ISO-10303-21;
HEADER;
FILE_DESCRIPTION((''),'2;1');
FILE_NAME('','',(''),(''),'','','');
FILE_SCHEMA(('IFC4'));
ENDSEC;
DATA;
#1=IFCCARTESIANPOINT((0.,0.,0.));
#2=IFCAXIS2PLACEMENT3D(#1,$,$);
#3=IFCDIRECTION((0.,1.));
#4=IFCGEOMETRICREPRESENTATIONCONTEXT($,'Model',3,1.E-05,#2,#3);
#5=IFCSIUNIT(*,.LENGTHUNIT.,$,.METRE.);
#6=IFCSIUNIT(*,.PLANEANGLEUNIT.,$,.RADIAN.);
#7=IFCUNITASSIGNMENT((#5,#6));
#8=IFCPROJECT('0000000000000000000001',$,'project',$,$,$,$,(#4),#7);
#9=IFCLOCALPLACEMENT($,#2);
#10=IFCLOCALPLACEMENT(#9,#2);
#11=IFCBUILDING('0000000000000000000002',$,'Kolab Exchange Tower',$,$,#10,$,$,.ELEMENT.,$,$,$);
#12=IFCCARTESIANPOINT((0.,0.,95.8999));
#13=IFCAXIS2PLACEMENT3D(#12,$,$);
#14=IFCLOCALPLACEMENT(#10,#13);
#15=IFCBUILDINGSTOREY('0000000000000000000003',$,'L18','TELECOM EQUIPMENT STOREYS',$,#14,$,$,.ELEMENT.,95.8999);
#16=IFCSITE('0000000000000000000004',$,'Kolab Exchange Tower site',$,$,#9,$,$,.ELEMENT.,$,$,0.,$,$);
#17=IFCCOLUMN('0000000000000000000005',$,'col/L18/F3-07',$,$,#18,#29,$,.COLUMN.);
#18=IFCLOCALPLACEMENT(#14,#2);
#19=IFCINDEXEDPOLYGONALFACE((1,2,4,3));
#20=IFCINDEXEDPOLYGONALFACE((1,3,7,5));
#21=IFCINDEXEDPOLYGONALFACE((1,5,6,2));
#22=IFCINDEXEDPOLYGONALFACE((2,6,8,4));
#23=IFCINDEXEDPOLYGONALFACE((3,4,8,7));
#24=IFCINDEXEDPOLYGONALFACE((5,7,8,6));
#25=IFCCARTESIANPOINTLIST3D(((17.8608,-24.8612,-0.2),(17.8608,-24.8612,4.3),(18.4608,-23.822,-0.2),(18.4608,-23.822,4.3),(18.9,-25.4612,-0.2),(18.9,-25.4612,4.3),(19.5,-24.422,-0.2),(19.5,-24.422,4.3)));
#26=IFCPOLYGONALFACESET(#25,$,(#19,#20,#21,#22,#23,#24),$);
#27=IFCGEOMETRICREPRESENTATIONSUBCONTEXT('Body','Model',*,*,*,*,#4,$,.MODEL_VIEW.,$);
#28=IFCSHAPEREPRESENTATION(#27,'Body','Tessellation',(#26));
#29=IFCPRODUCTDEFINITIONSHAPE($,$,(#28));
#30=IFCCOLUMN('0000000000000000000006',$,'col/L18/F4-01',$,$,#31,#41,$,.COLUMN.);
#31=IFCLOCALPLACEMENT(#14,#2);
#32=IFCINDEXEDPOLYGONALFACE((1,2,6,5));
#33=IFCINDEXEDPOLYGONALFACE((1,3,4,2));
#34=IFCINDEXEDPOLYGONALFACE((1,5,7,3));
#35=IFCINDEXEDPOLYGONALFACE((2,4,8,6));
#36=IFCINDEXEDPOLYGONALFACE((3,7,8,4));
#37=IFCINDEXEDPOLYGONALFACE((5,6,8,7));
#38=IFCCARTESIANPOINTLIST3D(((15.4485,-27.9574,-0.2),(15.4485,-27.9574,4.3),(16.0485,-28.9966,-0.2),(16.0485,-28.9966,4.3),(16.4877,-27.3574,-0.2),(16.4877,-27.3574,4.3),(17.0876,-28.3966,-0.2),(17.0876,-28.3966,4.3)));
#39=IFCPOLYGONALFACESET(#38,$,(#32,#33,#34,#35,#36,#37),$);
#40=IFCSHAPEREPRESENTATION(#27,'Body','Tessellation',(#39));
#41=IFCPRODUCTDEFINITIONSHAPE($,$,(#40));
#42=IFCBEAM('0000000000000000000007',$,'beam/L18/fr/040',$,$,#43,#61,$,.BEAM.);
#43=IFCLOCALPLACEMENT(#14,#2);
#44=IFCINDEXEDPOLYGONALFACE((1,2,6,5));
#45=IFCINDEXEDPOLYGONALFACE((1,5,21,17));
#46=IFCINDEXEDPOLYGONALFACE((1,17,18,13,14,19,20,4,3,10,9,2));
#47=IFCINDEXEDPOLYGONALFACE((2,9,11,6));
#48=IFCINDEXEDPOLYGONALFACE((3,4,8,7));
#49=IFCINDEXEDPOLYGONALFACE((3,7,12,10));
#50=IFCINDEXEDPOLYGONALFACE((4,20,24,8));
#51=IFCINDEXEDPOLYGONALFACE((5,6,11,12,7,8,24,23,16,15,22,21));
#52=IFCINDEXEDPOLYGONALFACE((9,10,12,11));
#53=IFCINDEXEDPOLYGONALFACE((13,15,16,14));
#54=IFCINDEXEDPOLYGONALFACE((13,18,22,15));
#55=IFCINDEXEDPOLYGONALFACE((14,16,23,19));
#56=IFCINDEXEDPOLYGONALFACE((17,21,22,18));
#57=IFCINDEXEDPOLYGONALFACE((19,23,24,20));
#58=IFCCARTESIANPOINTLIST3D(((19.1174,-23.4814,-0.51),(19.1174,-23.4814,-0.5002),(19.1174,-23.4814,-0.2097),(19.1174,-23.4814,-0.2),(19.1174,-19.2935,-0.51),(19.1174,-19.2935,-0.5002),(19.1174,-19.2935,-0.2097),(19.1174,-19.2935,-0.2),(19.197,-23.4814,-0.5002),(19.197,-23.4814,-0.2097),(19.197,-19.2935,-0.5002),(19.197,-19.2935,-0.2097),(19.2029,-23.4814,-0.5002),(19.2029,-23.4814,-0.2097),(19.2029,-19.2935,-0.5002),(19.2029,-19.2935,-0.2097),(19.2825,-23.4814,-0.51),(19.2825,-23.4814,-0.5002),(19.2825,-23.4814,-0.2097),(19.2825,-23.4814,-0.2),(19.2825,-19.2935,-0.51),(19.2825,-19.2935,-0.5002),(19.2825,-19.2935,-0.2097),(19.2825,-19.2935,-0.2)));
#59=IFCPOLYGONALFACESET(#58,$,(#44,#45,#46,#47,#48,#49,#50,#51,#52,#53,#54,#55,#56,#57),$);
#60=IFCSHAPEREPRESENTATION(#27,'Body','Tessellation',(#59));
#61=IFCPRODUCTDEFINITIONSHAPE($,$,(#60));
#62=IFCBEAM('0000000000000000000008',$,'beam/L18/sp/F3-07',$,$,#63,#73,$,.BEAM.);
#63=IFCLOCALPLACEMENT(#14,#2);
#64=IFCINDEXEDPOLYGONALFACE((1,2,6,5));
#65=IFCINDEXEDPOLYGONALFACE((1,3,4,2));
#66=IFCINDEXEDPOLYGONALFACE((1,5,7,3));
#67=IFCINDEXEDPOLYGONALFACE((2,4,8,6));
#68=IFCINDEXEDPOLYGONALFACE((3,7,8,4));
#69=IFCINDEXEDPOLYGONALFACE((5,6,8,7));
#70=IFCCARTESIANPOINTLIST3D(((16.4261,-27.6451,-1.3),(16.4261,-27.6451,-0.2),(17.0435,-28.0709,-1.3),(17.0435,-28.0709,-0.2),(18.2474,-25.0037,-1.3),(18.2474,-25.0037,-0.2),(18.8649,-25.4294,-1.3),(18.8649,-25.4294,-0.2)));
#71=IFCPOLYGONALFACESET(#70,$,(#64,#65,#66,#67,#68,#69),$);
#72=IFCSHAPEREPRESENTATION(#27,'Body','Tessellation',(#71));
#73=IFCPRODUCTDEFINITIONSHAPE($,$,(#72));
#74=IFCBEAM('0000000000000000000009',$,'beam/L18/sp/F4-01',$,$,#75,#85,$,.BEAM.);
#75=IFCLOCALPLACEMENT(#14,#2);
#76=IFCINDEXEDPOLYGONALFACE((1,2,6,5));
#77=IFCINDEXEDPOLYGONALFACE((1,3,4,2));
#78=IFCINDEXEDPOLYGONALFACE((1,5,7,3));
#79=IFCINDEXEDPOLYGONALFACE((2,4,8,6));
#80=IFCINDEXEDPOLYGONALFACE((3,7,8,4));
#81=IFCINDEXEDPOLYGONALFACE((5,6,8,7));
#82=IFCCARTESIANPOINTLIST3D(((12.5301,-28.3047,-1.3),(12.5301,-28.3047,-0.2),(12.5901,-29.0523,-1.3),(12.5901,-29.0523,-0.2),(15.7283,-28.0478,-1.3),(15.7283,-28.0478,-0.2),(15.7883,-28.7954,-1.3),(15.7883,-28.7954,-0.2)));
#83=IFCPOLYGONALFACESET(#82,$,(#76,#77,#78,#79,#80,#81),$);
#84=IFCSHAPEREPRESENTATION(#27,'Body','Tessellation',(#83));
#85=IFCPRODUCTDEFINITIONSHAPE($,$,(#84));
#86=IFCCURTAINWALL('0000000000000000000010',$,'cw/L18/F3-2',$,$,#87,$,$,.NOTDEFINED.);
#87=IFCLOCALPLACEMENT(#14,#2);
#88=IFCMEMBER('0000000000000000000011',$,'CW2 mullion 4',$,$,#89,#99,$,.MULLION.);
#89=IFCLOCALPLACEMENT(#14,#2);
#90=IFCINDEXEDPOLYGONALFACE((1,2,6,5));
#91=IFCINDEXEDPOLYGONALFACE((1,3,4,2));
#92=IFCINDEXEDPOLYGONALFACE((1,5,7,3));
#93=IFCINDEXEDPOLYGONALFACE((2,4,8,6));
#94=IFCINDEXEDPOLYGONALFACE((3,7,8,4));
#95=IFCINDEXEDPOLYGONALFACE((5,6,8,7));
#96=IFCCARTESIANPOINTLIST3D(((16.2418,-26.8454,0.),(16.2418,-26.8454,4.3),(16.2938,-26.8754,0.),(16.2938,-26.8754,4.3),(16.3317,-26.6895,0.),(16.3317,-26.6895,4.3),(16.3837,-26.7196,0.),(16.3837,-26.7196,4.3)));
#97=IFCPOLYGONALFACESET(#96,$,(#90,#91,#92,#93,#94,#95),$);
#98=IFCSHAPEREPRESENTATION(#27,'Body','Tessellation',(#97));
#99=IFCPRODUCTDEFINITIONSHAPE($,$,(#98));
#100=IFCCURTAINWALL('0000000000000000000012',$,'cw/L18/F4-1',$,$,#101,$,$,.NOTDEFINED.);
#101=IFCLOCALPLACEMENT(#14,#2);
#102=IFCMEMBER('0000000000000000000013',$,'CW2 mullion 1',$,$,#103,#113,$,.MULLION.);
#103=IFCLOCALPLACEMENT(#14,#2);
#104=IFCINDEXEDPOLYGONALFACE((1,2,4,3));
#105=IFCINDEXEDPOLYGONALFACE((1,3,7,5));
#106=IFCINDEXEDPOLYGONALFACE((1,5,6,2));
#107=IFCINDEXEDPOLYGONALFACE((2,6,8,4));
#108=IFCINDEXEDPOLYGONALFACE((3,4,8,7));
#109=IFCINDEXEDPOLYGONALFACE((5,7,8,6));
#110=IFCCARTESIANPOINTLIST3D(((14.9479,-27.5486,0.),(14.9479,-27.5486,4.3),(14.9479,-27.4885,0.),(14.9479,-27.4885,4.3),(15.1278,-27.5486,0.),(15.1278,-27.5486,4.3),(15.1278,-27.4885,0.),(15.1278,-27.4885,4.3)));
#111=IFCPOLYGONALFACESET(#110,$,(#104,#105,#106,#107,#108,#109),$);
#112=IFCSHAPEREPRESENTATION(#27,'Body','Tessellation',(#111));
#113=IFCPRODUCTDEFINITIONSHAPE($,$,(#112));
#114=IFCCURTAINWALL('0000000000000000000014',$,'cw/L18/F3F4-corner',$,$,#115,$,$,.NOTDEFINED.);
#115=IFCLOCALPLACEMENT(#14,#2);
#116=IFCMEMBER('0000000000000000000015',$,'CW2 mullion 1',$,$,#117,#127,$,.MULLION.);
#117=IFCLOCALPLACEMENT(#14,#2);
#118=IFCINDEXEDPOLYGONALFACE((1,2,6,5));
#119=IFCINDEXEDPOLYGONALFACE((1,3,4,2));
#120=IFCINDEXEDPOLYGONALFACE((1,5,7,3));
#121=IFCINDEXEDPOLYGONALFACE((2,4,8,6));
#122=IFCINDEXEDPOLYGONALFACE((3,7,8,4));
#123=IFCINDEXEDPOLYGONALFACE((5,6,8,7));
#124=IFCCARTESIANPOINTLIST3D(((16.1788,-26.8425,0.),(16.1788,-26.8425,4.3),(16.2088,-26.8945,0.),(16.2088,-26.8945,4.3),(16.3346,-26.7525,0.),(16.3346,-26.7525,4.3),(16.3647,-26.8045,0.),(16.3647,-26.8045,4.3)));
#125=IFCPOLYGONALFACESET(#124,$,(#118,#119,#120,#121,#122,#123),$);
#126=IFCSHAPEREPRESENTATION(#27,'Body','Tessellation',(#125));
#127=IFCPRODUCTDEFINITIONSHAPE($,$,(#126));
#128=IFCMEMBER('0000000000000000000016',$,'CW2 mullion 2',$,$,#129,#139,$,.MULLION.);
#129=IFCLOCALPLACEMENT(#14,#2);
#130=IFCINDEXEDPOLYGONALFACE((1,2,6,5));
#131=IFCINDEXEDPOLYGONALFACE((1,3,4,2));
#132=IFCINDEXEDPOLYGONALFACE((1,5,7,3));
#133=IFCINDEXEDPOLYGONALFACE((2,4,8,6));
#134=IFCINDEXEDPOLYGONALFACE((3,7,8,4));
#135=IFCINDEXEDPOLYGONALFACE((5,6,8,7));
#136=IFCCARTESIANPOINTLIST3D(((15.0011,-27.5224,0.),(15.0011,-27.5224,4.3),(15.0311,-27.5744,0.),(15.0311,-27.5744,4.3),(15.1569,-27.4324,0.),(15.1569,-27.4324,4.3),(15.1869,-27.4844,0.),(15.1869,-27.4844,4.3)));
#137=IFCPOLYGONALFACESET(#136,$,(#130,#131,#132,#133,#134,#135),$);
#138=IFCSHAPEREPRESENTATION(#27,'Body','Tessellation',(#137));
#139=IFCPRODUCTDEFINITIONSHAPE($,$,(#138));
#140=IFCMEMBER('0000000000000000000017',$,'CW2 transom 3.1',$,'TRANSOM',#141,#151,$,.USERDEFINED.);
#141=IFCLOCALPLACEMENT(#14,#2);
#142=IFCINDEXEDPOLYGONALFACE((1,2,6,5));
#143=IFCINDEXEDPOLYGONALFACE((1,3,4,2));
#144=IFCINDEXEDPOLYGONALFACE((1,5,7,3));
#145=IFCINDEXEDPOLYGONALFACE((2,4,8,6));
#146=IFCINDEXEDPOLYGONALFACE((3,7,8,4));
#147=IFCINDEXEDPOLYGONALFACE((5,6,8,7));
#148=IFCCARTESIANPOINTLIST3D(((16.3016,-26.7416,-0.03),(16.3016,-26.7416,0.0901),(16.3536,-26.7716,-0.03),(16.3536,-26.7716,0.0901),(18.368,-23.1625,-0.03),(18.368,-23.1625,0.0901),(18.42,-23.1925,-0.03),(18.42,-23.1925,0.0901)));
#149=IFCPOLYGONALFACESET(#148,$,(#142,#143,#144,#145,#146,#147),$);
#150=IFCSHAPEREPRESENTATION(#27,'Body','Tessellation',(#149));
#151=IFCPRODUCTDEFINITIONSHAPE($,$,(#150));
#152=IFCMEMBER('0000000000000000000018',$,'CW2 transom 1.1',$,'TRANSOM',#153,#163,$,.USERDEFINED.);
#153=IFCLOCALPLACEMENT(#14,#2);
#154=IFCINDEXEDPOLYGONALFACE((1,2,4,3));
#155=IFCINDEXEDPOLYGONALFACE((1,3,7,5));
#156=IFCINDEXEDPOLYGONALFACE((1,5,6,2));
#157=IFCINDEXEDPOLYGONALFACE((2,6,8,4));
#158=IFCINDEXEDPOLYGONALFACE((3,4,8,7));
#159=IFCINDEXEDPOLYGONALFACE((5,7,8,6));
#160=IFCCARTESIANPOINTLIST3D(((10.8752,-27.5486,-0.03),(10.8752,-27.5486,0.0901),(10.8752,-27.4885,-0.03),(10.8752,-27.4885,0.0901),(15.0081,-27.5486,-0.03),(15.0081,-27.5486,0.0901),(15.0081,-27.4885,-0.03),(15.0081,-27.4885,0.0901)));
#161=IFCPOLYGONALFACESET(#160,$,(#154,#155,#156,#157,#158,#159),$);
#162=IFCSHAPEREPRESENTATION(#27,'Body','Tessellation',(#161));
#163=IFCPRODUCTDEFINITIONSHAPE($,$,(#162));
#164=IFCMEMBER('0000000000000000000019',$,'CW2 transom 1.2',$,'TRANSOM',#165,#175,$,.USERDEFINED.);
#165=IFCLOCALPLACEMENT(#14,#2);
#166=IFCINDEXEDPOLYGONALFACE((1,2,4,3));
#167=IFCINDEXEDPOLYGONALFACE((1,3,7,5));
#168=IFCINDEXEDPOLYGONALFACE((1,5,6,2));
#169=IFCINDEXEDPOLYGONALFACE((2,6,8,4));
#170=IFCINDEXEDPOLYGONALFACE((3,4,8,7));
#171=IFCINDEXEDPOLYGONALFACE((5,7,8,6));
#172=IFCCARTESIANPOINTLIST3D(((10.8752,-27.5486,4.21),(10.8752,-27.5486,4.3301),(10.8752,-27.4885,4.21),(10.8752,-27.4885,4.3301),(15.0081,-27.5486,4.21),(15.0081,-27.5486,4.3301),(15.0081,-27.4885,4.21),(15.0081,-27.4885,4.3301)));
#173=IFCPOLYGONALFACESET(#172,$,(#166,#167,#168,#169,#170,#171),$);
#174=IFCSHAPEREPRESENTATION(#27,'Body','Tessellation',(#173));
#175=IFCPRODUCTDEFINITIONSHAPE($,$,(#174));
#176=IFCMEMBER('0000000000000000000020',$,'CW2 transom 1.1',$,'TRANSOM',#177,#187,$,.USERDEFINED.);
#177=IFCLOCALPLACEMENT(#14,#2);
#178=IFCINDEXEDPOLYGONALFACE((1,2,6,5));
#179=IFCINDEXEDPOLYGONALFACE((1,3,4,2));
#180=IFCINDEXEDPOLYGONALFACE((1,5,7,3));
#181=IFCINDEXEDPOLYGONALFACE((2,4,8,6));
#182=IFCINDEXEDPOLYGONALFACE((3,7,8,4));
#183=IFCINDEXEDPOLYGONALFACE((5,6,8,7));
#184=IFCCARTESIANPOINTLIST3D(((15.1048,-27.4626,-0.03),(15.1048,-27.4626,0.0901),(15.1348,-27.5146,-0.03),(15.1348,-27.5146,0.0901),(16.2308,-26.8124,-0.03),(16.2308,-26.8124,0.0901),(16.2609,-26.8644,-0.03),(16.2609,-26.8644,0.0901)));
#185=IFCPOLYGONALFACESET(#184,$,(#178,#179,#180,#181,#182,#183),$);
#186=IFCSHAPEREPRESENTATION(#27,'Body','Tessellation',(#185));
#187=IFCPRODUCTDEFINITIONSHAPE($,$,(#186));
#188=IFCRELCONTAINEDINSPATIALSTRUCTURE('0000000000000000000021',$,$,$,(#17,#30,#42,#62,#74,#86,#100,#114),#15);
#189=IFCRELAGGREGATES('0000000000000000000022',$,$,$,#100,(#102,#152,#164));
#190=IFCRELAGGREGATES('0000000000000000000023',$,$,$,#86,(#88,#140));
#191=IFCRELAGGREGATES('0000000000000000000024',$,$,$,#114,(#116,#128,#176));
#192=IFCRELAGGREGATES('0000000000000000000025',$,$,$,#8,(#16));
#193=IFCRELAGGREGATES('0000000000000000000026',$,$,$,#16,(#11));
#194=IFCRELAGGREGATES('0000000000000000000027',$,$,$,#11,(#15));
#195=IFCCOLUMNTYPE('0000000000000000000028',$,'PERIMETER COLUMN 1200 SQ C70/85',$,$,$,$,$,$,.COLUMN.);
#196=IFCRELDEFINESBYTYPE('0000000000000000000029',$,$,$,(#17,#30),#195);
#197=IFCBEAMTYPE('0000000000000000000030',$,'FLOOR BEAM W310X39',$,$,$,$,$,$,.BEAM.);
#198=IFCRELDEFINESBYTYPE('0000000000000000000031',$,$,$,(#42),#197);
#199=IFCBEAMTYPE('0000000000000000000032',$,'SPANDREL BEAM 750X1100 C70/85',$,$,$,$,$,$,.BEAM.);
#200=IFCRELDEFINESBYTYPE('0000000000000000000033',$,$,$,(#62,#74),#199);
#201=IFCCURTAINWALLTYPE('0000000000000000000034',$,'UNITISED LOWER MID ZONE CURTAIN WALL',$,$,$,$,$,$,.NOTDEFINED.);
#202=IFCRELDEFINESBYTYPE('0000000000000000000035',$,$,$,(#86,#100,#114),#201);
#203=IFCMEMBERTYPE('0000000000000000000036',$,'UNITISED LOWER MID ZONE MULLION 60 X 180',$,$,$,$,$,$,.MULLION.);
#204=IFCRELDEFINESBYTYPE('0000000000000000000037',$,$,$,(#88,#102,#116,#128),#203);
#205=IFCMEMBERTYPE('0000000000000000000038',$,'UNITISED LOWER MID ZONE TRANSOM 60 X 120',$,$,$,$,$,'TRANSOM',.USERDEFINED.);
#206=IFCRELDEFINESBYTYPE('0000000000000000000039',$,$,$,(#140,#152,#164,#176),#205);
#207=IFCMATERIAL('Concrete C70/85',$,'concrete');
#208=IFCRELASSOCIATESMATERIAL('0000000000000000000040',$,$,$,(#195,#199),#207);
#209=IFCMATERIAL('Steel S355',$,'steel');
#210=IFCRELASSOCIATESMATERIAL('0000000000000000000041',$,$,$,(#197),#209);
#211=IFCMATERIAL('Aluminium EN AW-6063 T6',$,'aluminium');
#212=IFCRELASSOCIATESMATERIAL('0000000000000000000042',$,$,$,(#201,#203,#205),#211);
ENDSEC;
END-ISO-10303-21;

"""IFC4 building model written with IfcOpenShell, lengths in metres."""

from ifc_helpers import new_model, si_unit, direction, frame, origin, origin_2d, place, context, subcontext, project, spatial, rectangle, i_section, extrude, material, material_profile, profile_set, type_object, element, aggregate, save


model = new_model("IFC4")

# Units and contexts
model_context = context("Model", 3, precision=1e-05, world=origin(), true_north=direction((0.0, 1.0)))
body_context = subcontext(model_context, "Body", "Model", "MODEL_VIEW")
ifc_project = project(units=[si_unit("LENGTHUNIT", "METRE"), si_unit("PLANEANGLEUNIT", "RADIAN")], contexts=[model_context])

# Site, building, storey
site_placement = place(None, origin())
site = spatial("IfcSite", under=ifc_project, at=site_placement, Name="Kolab Exchange Tower site", CompositionType="ELEMENT", RefElevation=0.0)
building_placement = place(site_placement, origin())
building = spatial("IfcBuilding", under=site, at=building_placement, Name="Kolab Exchange Tower", CompositionType="ELEMENT")
storey_placement = place(building_placement, frame((0.0, 0.0, 95.8999)))
storey = spatial("IfcBuildingStorey", under=building, at=storey_placement, Name="L18", Description="TELECOM EQUIPMENT STOREYS", CompositionType="ELEMENT", Elevation=95.8999)

# Columns
ifc_material_1 = material(Name="Concrete C70/85", Category="concrete")
ifc_material_profile_1 = material_profile(ifc_material_1, rectangle(XDim=1.2, YDim=1.2, at=origin_2d()), Name="RC1200")
ifc_profile_set_1 = profile_set([ifc_material_profile_1], Name="Concrete C70/85")
column_type = type_object("IfcColumnType", Name="PERIMETER COLUMN 1200 SQ C70/85", PredefinedType="COLUMN", material=ifc_profile_set_1)
for number, where, z_axis, x_axis, name in (
    (1, (18.6804, -24.6416, -0.2), (0.0, 0.0, 1.0), (0.5, 0.866025, 0.0), "col/L18/F3-07"),
    (2, (16.2681, -28.177, -0.2), (0.0, 0.0, 1.0), (0.866025, 0.5, 0.0), "col/L18/F4-01"),
):
    element("IfcColumn", number, at=place(storey_placement, frame(where, z_axis=z_axis, x_axis=x_axis)), inside=storey, type_object=column_type, Name=name, PredefinedType="COLUMN", context=body_context, shape_type="SweptSolid", body=[
        extrude(rectangle(XDim=1.2, YDim=1.2, at=origin_2d()), origin(), (0.0, 0.0, 1.0), 4.5),
    ])

# Beams
ifc_material_2 = material(Name="Steel S355", Category="steel")
ifc_material_profile_2 = material_profile(ifc_material_2, i_section(OverallWidth=0.165, OverallDepth=0.3101, WebThickness=0.0059, FlangeThickness=0.0098, at=origin_2d()), Name="W310X39")
ifc_profile_set_2 = profile_set([ifc_material_profile_2], Name="Steel S355")
beam_type_1 = type_object("IfcBeamType", Name="FLOOR BEAM W310X39", PredefinedType="BEAM", material=ifc_profile_set_2)
beam_placement = place(storey_placement, frame((19.2, -23.4814, -0.355), z_axis=(0.0, 1.0, 0.0), x_axis=(-1.0, 0.0, 0.0)))
element("IfcBeam", 3, at=beam_placement, inside=storey, type_object=beam_type_1, Name="beam/L18/fr/040", PredefinedType="BEAM", context=body_context, shape_type="SweptSolid", body=[
    extrude(i_section(OverallWidth=0.165, OverallDepth=0.3101, WebThickness=0.0059, FlangeThickness=0.0098, at=origin_2d()), origin(), (0.0, 0.0, 1.0), 4.188),
])
ifc_material_profile_3 = material_profile(ifc_material_1, rectangle(XDim=0.75, YDim=1.1001, at=origin_2d()), Name="RC750X1100")
ifc_profile_set_3 = profile_set([ifc_material_profile_3], Name="Concrete C70/85")
beam_type_2 = type_object("IfcBeamType", Name="SPANDREL BEAM 750X1100 C70/85", PredefinedType="BEAM", material=ifc_profile_set_3)
for number, where, z_axis, x_axis, name in (
    (4, (18.5562, -25.2166, -0.75), (-0.567662, -0.823262, 0.0), (0.823262, -0.567662, 0.0), "beam/L18/sp/F3-07"),
    (5, (15.7583, -28.4216, -0.75), (-0.996791, -0.080048, 0.0), (0.080048, -0.996791, 0.0), "beam/L18/sp/F4-01"),
):
    element("IfcBeam", number, at=place(storey_placement, frame(where, z_axis=z_axis, x_axis=x_axis)), inside=storey, type_object=beam_type_2, Name=name, PredefinedType="BEAM", context=body_context, shape_type="SweptSolid", body=[
        extrude(rectangle(XDim=0.75, YDim=1.1001, at=origin_2d()), origin(), (0.0, 0.0, 1.0), 3.2085),
    ])

# Curtain walls, members
ifc_material_3 = material(Name="Aluminium EN AW-6063 T6", Category="aluminium")
curtain_wall_type = type_object("IfcCurtainWallType", Name="UNITISED LOWER MID ZONE CURTAIN WALL", PredefinedType="NOTDEFINED", material=ifc_material_3)
curtain_wall_1_placement = place(storey_placement, origin())
curtain_wall_1 = element("IfcCurtainWall", 6, at=curtain_wall_1_placement, inside=storey, type_object=curtain_wall_type, Name="cw/L18/F3-2", PredefinedType="NOTDEFINED")
ifc_material_profile_4 = material_profile(ifc_material_3, rectangle(XDim=0.0601, YDim=0.1799, at=origin_2d()), Name="RECT 60X180")
ifc_profile_set_4 = profile_set([ifc_material_profile_4], Name="Aluminium EN AW-6063 T6")
member_type_1 = type_object("IfcMemberType", Name="UNITISED LOWER MID ZONE MULLION 60 X 180", PredefinedType="MULLION", material=ifc_profile_set_4)
member_1_placement = place(storey_placement, frame((16.3127, -26.7825, 0.0), z_axis=(0.0, 0.0, 1.0), x_axis=(0.866025, -0.5, 0.0)))
member_1 = element("IfcMember", 7, at=member_1_placement, type_object=member_type_1, Name="CW2 mullion 4", PredefinedType="MULLION", context=body_context, shape_type="SweptSolid", body=[
    extrude(rectangle(XDim=0.0601, YDim=0.1799, at=origin_2d()), origin(), (0.0, 0.0, 1.0), 4.3),
])
curtain_wall_2_placement = place(storey_placement, origin())
curtain_wall_2 = element("IfcCurtainWall", 8, at=curtain_wall_2_placement, inside=storey, type_object=curtain_wall_type, Name="cw/L18/F4-1", PredefinedType="NOTDEFINED")
member_2_placement = place(storey_placement, frame((15.0378, -27.5186, 0.0), z_axis=(0.0, 0.0, 1.0), x_axis=(0.0, -1.0, 0.0)))
member_2 = element("IfcMember", 9, at=member_2_placement, type_object=member_type_1, Name="CW2 mullion 1", PredefinedType="MULLION", context=body_context, shape_type="SweptSolid", body=[
    extrude(rectangle(XDim=0.0601, YDim=0.1799, at=origin_2d()), origin(), (0.0, 0.0, 1.0), 4.3),
])

# Curtain wall, members
curtain_wall_3_placement = place(storey_placement, origin())
curtain_wall_3 = element("IfcCurtainWall", 10, at=curtain_wall_3_placement, inside=storey, type_object=curtain_wall_type, Name="cw/L18/F3F4-corner", PredefinedType="NOTDEFINED")
member_3_placement = place(storey_placement, frame((16.2717, -26.8235, 0.0), z_axis=(0.0, 0.0, 1.0), x_axis=(0.5, -0.866025, 0.0)))
member_3 = element("IfcMember", 11, at=member_3_placement, type_object=member_type_1, Name="CW2 mullion 1", PredefinedType="MULLION", context=body_context, shape_type="SweptSolid", body=[
    extrude(rectangle(XDim=0.0601, YDim=0.1799, at=origin_2d()), origin(), (0.0, 0.0, 1.0), 4.3),
])
member_4_placement = place(storey_placement, frame((15.094, -27.5034, 0.0), z_axis=(0.0, 0.0, 1.0), x_axis=(0.5, -0.866025, 0.0)))
member_4 = element("IfcMember", 12, at=member_4_placement, type_object=member_type_1, Name="CW2 mullion 2", PredefinedType="MULLION", context=body_context, shape_type="SweptSolid", body=[
    extrude(rectangle(XDim=0.0601, YDim=0.1799, at=origin_2d()), origin(), (0.0, 0.0, 1.0), 4.3),
])

# Members
ifc_material_profile_5 = material_profile(ifc_material_3, rectangle(XDim=0.0601, YDim=0.1201, at=origin_2d()), Name="RECT 60X120")
ifc_profile_set_5 = profile_set([ifc_material_profile_5], Name="Aluminium EN AW-6063 T6")
member_type_2 = type_object("IfcMemberType", Name="UNITISED LOWER MID ZONE TRANSOM 60 X 120", ElementType="TRANSOM", PredefinedType="USERDEFINED", material=ifc_profile_set_5)
member_5_placement = place(storey_placement, frame((18.394, -23.1775, 0.03), z_axis=(-0.500002, -0.866024, 0.0), x_axis=(0.866024, -0.500002, 0.0)))
member_5 = element("IfcMember", 13, at=member_5_placement, type_object=member_type_2, Name="CW2 transom 3.1", ObjectType="TRANSOM", PredefinedType="USERDEFINED", context=body_context, shape_type="SweptSolid", body=[
    extrude(rectangle(XDim=0.0601, YDim=0.1201, at=origin_2d()), origin(), (0.0, 0.0, 1.0), 4.1328),
])
member_6_placement = place(storey_placement, frame((15.0081, -27.5186, 0.03), z_axis=(-1.0, 0.0, 0.0), x_axis=(0.0, -1.0, 0.0)))
member_6 = element("IfcMember", 14, at=member_6_placement, type_object=member_type_2, Name="CW2 transom 1.1", ObjectType="TRANSOM", PredefinedType="USERDEFINED", context=body_context, shape_type="SweptSolid", body=[
    extrude(rectangle(XDim=0.0601, YDim=0.1201, at=origin_2d()), origin(), (0.0, 0.0, 1.0), 4.1328),
])
member_7_placement = place(storey_placement, frame((15.0081, -27.5186, 4.27), z_axis=(-1.0, 0.0, 0.0), x_axis=(0.0, -1.0, 0.0)))
member_7 = element("IfcMember", 15, at=member_7_placement, type_object=member_type_2, Name="CW2 transom 1.2", ObjectType="TRANSOM", PredefinedType="USERDEFINED", context=body_context, shape_type="SweptSolid", body=[
    extrude(rectangle(XDim=0.0601, YDim=0.1201, at=origin_2d()), origin(), (0.0, 0.0, 1.0), 4.1328),
])
aggregate(curtain_wall_2, [member_2, member_6, member_7])
member_8_placement = place(storey_placement, frame((16.2458, -26.8384, 0.03), z_axis=(-0.866004, -0.500037, 0.0), x_axis=(0.500037, -0.866004, 0.0)))
member_8 = element("IfcMember", 16, at=member_8_placement, type_object=member_type_2, Name="CW2 transom 1.1", ObjectType="TRANSOM", PredefinedType="USERDEFINED", context=body_context, shape_type="SweptSolid", body=[
    extrude(rectangle(XDim=0.0601, YDim=0.1201, at=origin_2d()), origin(), (0.0, 0.0, 1.0), 1.3003),
])

aggregate(curtain_wall_1, [member_1, member_5])
aggregate(curtain_wall_3, [member_3, member_4, member_8])

save(model, "model.ifc")
